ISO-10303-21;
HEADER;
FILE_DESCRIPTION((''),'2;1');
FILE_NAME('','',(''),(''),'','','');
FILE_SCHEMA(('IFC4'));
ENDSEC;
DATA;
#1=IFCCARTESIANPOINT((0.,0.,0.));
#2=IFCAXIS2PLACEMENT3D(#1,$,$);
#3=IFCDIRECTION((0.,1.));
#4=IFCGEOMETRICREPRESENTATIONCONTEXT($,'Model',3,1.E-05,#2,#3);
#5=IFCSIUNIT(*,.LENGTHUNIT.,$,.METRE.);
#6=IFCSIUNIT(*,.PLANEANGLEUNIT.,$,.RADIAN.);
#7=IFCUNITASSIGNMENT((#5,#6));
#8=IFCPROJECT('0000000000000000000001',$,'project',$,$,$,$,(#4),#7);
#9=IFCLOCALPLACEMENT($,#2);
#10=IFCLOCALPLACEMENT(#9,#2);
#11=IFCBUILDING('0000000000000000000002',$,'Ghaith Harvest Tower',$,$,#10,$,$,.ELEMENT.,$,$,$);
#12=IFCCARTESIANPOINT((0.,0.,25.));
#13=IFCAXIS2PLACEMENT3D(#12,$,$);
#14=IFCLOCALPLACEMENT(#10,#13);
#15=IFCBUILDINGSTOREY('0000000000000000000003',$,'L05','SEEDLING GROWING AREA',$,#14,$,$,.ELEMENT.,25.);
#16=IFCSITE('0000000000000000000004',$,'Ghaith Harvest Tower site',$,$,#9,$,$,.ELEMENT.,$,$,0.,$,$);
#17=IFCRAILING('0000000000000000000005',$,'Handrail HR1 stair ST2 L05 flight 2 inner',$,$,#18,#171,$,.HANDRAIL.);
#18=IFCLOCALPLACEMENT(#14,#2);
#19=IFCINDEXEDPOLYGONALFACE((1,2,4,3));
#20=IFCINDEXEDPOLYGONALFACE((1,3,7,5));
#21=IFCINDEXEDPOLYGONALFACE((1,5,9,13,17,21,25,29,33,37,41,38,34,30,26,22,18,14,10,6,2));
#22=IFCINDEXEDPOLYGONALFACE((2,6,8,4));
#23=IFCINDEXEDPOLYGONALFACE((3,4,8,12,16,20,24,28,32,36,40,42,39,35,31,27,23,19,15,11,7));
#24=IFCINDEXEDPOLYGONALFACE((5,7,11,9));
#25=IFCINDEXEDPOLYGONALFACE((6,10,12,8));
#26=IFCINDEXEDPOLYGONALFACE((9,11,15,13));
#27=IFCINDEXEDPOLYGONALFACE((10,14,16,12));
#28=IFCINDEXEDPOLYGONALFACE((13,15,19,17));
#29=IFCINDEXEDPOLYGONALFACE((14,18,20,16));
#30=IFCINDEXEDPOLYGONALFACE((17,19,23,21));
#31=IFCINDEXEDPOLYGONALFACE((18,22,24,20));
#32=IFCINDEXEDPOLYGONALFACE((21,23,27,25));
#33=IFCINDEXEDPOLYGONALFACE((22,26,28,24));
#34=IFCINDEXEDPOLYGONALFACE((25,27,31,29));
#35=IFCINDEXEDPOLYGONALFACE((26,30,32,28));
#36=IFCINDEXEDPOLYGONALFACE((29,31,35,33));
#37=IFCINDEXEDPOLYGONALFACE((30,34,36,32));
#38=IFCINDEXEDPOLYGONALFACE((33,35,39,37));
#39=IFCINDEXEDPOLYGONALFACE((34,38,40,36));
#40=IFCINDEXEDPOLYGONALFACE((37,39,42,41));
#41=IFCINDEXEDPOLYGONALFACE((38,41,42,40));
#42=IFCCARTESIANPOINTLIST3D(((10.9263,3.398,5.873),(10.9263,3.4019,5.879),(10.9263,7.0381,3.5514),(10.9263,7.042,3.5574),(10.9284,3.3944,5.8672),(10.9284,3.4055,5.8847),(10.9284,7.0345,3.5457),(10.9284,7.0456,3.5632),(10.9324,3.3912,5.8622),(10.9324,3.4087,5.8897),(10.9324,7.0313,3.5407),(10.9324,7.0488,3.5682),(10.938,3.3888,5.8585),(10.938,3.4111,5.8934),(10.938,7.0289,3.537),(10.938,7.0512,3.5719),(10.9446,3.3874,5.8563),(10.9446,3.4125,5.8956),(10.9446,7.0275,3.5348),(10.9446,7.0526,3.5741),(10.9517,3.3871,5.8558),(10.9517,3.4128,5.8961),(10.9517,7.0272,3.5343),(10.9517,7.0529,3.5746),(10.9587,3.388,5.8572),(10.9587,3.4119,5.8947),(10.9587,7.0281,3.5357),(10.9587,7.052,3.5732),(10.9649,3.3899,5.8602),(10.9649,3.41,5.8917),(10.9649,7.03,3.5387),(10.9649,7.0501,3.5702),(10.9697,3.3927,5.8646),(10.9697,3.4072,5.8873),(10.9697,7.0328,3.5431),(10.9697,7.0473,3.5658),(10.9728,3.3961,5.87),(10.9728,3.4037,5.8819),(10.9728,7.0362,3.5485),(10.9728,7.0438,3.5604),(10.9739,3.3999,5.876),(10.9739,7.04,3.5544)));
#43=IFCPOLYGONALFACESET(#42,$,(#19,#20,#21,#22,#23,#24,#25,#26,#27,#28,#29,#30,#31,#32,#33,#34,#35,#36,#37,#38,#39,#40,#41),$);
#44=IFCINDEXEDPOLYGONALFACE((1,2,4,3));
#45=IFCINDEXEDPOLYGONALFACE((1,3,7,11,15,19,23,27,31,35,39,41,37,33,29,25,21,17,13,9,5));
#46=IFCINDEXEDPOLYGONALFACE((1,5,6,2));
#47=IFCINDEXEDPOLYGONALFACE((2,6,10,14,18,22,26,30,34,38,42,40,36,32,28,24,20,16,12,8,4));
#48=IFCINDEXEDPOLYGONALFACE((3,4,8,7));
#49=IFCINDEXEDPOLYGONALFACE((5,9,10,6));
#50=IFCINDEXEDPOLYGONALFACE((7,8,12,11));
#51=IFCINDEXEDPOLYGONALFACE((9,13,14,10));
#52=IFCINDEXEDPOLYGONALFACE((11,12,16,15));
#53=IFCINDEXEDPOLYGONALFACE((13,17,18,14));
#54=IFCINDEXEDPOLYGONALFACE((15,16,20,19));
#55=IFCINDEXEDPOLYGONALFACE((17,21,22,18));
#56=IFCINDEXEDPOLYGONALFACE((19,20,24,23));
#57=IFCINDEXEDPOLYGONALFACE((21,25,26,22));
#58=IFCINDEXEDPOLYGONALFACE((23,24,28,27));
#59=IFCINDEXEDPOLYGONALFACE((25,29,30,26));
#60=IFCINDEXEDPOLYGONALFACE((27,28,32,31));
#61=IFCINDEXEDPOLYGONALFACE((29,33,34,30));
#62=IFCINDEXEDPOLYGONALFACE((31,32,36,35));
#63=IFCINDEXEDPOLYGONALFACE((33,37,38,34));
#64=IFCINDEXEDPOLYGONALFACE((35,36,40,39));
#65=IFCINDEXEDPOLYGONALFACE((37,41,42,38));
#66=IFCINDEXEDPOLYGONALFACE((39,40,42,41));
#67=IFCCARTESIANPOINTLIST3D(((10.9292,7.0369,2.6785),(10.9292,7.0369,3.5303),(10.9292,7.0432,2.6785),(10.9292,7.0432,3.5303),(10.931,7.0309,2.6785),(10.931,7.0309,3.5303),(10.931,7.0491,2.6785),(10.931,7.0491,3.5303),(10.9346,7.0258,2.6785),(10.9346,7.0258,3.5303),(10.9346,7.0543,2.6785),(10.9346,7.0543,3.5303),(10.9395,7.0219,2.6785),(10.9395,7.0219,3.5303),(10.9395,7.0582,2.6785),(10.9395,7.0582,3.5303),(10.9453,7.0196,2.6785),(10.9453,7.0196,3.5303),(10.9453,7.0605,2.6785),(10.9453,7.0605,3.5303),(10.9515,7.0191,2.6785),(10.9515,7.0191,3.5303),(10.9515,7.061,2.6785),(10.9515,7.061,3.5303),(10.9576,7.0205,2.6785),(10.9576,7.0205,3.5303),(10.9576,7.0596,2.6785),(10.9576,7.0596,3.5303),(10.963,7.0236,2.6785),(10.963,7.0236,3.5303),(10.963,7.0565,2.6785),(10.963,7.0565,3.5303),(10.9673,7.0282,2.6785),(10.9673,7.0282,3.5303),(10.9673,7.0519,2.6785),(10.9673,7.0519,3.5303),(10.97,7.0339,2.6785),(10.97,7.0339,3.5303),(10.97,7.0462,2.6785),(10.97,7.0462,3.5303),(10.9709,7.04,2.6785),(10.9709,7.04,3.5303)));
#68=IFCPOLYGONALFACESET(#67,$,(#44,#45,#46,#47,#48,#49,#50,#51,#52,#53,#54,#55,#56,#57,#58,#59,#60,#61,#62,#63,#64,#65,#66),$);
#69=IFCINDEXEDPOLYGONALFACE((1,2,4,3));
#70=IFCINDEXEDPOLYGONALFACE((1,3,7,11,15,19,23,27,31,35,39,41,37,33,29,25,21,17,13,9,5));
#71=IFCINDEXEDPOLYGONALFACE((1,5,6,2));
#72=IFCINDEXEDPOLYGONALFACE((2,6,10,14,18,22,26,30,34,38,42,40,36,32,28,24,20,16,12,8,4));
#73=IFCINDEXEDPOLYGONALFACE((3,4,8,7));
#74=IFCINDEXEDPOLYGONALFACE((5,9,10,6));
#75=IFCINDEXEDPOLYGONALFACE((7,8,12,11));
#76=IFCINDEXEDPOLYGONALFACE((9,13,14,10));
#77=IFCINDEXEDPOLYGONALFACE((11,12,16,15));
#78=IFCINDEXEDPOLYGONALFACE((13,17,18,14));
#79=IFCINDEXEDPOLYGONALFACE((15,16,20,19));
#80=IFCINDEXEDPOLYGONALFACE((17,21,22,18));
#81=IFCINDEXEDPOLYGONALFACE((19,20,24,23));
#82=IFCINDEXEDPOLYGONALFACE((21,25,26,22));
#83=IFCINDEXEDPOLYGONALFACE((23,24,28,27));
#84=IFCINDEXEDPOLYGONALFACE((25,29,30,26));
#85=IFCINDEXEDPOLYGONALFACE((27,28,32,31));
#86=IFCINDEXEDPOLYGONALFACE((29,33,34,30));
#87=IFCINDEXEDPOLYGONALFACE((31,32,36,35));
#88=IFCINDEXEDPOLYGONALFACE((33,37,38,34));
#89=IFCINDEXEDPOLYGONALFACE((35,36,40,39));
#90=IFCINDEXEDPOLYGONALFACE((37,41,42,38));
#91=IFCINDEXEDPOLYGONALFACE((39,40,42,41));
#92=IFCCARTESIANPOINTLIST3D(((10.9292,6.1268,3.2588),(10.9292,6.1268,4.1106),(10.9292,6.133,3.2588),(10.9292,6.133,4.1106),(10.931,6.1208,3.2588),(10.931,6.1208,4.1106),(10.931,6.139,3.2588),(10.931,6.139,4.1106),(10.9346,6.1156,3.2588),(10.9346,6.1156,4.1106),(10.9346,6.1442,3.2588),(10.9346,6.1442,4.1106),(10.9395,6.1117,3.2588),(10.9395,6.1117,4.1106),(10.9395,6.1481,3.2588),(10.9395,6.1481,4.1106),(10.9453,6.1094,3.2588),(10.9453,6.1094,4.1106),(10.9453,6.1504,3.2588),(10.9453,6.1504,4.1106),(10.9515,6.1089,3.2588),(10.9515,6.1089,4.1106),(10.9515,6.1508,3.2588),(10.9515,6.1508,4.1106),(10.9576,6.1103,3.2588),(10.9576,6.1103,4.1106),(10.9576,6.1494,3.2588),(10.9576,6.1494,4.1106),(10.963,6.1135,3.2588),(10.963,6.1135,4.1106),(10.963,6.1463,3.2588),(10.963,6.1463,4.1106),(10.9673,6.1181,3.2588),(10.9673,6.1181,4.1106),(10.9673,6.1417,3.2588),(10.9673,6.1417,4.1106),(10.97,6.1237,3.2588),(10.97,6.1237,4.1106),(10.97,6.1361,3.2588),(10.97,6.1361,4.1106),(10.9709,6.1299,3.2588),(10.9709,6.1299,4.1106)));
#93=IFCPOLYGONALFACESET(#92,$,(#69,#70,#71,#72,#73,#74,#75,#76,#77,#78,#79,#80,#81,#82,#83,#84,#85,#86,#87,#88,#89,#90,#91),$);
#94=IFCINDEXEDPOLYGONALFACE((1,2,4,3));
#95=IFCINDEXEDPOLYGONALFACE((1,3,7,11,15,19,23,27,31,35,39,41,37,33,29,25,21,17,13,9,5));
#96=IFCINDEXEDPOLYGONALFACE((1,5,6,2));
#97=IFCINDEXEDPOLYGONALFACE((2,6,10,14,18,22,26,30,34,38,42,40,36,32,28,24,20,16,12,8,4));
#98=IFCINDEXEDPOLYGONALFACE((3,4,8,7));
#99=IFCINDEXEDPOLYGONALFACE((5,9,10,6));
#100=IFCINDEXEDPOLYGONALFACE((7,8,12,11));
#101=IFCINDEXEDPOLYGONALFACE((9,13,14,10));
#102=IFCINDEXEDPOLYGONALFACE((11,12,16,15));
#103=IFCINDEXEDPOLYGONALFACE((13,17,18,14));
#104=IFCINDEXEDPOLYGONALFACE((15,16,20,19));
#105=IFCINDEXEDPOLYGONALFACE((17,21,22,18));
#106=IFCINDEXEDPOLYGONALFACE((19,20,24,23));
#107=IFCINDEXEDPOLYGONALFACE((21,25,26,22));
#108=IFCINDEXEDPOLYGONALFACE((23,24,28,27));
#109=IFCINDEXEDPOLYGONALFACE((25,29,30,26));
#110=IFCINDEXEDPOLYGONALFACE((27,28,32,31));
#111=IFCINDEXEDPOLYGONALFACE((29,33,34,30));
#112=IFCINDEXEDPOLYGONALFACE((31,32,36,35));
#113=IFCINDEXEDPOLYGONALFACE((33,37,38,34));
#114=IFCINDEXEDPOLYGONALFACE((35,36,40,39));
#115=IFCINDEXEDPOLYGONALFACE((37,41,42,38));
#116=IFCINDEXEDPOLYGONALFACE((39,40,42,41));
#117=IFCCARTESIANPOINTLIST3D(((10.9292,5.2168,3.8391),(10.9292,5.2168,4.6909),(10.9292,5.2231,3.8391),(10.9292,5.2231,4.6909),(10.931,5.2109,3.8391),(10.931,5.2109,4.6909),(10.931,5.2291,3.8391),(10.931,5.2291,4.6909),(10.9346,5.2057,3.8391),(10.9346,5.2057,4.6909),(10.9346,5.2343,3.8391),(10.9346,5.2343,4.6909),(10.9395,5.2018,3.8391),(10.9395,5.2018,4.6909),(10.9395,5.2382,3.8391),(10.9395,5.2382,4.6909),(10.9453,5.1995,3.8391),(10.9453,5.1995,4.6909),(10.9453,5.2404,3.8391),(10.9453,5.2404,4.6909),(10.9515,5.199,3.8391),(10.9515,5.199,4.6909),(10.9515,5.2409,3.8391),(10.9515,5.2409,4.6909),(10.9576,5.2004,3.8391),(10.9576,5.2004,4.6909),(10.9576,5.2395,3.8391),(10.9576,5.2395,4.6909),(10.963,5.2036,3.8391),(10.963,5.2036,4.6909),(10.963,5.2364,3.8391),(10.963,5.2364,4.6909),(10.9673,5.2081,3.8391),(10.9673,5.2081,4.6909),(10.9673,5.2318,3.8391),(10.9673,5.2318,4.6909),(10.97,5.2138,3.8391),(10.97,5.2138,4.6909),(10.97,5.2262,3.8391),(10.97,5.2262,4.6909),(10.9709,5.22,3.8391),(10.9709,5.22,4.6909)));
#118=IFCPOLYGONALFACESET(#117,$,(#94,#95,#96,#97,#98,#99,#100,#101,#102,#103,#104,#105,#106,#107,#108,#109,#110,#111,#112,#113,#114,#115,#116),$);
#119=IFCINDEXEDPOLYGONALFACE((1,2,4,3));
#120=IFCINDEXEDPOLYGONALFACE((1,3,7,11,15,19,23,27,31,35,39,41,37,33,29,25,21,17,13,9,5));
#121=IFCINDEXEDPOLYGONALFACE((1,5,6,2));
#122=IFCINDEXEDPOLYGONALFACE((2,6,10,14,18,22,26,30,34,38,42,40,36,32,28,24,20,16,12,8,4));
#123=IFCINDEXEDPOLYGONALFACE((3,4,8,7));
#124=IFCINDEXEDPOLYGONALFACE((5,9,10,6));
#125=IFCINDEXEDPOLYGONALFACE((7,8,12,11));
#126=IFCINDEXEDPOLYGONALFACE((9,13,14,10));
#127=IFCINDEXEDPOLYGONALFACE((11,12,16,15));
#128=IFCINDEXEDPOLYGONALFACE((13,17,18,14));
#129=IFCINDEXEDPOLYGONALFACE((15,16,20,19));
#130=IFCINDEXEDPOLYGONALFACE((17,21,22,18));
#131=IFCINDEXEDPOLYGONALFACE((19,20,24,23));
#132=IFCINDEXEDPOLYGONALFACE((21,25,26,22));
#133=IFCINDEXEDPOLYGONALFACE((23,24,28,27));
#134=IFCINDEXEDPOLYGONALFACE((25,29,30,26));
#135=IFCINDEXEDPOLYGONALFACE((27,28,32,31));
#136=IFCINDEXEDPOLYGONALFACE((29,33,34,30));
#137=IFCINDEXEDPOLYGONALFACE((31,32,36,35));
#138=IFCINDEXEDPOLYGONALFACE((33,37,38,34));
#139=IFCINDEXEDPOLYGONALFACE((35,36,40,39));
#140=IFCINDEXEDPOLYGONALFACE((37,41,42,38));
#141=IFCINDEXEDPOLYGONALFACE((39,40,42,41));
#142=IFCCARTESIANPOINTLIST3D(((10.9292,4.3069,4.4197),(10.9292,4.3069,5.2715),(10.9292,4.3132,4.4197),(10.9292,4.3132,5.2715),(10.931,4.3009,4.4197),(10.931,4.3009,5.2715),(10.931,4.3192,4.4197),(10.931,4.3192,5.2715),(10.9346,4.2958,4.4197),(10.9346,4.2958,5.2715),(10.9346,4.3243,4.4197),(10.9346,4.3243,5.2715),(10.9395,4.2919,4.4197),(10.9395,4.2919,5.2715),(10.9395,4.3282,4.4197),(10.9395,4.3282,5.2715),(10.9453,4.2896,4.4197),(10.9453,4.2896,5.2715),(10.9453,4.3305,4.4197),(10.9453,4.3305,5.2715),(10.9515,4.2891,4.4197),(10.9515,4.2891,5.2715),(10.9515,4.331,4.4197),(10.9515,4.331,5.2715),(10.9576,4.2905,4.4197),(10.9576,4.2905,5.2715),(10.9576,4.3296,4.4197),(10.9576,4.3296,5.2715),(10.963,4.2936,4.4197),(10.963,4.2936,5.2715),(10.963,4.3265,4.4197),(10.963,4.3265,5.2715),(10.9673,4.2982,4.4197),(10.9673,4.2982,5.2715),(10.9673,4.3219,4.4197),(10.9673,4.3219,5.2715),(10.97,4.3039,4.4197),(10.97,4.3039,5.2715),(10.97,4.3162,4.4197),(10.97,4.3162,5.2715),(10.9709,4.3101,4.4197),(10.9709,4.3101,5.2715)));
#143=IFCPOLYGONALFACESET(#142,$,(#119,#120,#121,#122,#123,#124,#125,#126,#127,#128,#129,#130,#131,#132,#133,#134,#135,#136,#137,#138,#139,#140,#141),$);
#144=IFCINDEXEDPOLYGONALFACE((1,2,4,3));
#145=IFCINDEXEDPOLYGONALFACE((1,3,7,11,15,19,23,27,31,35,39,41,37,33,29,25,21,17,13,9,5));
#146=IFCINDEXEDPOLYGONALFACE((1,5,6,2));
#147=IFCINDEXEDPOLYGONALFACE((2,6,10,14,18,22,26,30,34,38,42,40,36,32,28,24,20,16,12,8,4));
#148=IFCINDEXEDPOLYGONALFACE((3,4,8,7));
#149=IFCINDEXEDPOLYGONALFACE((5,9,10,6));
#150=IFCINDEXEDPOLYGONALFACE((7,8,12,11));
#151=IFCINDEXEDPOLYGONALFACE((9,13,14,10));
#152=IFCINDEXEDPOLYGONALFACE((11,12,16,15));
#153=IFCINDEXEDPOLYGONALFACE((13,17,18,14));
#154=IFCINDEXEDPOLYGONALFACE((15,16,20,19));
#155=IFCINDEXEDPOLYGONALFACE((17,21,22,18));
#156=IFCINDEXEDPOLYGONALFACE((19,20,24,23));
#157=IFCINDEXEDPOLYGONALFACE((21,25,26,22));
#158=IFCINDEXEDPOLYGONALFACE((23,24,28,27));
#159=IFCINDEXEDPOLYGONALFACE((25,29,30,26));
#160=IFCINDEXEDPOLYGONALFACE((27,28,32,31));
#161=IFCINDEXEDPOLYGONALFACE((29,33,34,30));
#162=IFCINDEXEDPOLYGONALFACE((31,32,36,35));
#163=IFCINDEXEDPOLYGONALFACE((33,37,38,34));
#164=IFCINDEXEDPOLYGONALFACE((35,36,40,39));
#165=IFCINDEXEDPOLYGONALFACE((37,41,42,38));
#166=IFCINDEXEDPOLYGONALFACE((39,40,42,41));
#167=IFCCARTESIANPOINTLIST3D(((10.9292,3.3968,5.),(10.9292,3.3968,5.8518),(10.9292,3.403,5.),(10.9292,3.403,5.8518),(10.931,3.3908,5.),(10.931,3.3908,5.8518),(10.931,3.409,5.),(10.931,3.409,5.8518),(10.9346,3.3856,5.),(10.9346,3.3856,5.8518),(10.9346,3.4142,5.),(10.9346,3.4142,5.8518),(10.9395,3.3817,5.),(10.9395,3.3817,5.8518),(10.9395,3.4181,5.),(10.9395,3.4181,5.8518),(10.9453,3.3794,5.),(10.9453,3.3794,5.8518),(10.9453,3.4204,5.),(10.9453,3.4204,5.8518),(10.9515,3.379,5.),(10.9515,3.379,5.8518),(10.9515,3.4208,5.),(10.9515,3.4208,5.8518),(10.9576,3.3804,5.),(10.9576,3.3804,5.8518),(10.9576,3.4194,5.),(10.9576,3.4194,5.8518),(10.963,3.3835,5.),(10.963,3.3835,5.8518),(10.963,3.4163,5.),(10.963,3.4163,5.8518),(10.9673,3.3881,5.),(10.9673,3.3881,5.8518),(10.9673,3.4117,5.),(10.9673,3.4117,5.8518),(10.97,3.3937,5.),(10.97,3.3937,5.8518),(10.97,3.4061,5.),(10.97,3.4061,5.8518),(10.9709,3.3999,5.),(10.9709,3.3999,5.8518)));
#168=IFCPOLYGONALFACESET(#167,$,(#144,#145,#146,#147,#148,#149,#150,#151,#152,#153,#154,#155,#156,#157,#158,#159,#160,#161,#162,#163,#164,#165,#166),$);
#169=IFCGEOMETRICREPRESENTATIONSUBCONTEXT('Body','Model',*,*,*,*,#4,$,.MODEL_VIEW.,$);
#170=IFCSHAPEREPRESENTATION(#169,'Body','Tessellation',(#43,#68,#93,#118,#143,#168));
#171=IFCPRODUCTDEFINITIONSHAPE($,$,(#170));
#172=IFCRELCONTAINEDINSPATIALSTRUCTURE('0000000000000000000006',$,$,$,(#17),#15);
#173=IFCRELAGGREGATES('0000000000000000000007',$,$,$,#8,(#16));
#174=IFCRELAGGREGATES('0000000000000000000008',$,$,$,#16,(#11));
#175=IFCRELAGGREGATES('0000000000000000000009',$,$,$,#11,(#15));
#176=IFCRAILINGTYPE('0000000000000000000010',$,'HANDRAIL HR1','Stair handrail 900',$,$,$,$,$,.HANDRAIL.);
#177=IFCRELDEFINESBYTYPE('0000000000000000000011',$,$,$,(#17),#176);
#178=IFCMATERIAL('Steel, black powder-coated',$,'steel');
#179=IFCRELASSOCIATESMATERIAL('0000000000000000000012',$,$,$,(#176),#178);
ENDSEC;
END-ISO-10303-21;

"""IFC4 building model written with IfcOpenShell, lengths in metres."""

from ifc_helpers import new_model, si_unit, direction, frame, origin, origin_2d, place, context, subcontext, project, spatial, circle, extrude, material, type_object, element, save


model = new_model("IFC4")

# Units and contexts
model_context = context("Model", 3, precision=1e-05, world=origin(), true_north=direction((0.0, 1.0)))
body_context = subcontext(model_context, "Body", "Model", "MODEL_VIEW")
ifc_project = project(units=[si_unit("LENGTHUNIT", "METRE"), si_unit("PLANEANGLEUNIT", "RADIAN")], contexts=[model_context])

# Site, building, storey
site_placement = place(None, origin())
site = spatial("IfcSite", under=ifc_project, at=site_placement, Name="Ghaith Harvest Tower site", CompositionType="ELEMENT", RefElevation=0.0)
building_placement = place(site_placement, origin())
building = spatial("IfcBuilding", under=site, at=building_placement, Name="Ghaith Harvest Tower", CompositionType="ELEMENT")
storey_placement = place(building_placement, frame((0.0, 0.0, 25.0)))
storey = spatial("IfcBuildingStorey", under=building, at=storey_placement, Name="L05", Description="SEEDLING GROWING AREA", CompositionType="ELEMENT", Elevation=25.0)

# Railing
ifc_material_1 = material(Name="Steel, black powder-coated", Category="steel")
railing_type = type_object("IfcRailingType", Name="HANDRAIL HR1", Description="Stair handrail 900", PredefinedType="HANDRAIL", material=ifc_material_1)
railing_1_placement = place(storey_placement, frame((10.95, 7.04, 2.6785)))
element("IfcRailing", 1, at=railing_1_placement, inside=storey, type_object=railing_type, Name="Handrail HR1 stair ST2 L05 flight 2 inner", PredefinedType="HANDRAIL", context=body_context, shape_type="SweptSolid", body=[
    extrude(circle(Radius=0.0239, at=origin_2d()), frame((0.0, 0.0, 0.876), z_axis=(0.0, -0.843128, 0.537713), x_axis=(1.0, 0.0, 0.0)), (0.0, 0.0, 1.0), 4.3174),
    extrude(circle(Radius=0.021, at=origin_2d()), origin(), (0.0, 0.0, 1.0), 0.8518),
    extrude(circle(Radius=0.021, at=origin_2d()), frame((0.0, -0.9102, 0.5803)), (0.0, 0.0, 1.0), 0.8518),
    extrude(circle(Radius=0.021, at=origin_2d()), frame((0.0, -1.8201, 1.1606)), (0.0, 0.0, 1.0), 0.8518),
    extrude(circle(Radius=0.021, at=origin_2d()), frame((0.0, -2.73, 1.7412)), (0.0, 0.0, 1.0), 0.8518),
    extrude(circle(Radius=0.021, at=origin_2d()), frame((0.0, -3.6401, 2.3215)), (0.0, 0.0, 1.0), 0.8518),
])

save(model, "model.ifc")
